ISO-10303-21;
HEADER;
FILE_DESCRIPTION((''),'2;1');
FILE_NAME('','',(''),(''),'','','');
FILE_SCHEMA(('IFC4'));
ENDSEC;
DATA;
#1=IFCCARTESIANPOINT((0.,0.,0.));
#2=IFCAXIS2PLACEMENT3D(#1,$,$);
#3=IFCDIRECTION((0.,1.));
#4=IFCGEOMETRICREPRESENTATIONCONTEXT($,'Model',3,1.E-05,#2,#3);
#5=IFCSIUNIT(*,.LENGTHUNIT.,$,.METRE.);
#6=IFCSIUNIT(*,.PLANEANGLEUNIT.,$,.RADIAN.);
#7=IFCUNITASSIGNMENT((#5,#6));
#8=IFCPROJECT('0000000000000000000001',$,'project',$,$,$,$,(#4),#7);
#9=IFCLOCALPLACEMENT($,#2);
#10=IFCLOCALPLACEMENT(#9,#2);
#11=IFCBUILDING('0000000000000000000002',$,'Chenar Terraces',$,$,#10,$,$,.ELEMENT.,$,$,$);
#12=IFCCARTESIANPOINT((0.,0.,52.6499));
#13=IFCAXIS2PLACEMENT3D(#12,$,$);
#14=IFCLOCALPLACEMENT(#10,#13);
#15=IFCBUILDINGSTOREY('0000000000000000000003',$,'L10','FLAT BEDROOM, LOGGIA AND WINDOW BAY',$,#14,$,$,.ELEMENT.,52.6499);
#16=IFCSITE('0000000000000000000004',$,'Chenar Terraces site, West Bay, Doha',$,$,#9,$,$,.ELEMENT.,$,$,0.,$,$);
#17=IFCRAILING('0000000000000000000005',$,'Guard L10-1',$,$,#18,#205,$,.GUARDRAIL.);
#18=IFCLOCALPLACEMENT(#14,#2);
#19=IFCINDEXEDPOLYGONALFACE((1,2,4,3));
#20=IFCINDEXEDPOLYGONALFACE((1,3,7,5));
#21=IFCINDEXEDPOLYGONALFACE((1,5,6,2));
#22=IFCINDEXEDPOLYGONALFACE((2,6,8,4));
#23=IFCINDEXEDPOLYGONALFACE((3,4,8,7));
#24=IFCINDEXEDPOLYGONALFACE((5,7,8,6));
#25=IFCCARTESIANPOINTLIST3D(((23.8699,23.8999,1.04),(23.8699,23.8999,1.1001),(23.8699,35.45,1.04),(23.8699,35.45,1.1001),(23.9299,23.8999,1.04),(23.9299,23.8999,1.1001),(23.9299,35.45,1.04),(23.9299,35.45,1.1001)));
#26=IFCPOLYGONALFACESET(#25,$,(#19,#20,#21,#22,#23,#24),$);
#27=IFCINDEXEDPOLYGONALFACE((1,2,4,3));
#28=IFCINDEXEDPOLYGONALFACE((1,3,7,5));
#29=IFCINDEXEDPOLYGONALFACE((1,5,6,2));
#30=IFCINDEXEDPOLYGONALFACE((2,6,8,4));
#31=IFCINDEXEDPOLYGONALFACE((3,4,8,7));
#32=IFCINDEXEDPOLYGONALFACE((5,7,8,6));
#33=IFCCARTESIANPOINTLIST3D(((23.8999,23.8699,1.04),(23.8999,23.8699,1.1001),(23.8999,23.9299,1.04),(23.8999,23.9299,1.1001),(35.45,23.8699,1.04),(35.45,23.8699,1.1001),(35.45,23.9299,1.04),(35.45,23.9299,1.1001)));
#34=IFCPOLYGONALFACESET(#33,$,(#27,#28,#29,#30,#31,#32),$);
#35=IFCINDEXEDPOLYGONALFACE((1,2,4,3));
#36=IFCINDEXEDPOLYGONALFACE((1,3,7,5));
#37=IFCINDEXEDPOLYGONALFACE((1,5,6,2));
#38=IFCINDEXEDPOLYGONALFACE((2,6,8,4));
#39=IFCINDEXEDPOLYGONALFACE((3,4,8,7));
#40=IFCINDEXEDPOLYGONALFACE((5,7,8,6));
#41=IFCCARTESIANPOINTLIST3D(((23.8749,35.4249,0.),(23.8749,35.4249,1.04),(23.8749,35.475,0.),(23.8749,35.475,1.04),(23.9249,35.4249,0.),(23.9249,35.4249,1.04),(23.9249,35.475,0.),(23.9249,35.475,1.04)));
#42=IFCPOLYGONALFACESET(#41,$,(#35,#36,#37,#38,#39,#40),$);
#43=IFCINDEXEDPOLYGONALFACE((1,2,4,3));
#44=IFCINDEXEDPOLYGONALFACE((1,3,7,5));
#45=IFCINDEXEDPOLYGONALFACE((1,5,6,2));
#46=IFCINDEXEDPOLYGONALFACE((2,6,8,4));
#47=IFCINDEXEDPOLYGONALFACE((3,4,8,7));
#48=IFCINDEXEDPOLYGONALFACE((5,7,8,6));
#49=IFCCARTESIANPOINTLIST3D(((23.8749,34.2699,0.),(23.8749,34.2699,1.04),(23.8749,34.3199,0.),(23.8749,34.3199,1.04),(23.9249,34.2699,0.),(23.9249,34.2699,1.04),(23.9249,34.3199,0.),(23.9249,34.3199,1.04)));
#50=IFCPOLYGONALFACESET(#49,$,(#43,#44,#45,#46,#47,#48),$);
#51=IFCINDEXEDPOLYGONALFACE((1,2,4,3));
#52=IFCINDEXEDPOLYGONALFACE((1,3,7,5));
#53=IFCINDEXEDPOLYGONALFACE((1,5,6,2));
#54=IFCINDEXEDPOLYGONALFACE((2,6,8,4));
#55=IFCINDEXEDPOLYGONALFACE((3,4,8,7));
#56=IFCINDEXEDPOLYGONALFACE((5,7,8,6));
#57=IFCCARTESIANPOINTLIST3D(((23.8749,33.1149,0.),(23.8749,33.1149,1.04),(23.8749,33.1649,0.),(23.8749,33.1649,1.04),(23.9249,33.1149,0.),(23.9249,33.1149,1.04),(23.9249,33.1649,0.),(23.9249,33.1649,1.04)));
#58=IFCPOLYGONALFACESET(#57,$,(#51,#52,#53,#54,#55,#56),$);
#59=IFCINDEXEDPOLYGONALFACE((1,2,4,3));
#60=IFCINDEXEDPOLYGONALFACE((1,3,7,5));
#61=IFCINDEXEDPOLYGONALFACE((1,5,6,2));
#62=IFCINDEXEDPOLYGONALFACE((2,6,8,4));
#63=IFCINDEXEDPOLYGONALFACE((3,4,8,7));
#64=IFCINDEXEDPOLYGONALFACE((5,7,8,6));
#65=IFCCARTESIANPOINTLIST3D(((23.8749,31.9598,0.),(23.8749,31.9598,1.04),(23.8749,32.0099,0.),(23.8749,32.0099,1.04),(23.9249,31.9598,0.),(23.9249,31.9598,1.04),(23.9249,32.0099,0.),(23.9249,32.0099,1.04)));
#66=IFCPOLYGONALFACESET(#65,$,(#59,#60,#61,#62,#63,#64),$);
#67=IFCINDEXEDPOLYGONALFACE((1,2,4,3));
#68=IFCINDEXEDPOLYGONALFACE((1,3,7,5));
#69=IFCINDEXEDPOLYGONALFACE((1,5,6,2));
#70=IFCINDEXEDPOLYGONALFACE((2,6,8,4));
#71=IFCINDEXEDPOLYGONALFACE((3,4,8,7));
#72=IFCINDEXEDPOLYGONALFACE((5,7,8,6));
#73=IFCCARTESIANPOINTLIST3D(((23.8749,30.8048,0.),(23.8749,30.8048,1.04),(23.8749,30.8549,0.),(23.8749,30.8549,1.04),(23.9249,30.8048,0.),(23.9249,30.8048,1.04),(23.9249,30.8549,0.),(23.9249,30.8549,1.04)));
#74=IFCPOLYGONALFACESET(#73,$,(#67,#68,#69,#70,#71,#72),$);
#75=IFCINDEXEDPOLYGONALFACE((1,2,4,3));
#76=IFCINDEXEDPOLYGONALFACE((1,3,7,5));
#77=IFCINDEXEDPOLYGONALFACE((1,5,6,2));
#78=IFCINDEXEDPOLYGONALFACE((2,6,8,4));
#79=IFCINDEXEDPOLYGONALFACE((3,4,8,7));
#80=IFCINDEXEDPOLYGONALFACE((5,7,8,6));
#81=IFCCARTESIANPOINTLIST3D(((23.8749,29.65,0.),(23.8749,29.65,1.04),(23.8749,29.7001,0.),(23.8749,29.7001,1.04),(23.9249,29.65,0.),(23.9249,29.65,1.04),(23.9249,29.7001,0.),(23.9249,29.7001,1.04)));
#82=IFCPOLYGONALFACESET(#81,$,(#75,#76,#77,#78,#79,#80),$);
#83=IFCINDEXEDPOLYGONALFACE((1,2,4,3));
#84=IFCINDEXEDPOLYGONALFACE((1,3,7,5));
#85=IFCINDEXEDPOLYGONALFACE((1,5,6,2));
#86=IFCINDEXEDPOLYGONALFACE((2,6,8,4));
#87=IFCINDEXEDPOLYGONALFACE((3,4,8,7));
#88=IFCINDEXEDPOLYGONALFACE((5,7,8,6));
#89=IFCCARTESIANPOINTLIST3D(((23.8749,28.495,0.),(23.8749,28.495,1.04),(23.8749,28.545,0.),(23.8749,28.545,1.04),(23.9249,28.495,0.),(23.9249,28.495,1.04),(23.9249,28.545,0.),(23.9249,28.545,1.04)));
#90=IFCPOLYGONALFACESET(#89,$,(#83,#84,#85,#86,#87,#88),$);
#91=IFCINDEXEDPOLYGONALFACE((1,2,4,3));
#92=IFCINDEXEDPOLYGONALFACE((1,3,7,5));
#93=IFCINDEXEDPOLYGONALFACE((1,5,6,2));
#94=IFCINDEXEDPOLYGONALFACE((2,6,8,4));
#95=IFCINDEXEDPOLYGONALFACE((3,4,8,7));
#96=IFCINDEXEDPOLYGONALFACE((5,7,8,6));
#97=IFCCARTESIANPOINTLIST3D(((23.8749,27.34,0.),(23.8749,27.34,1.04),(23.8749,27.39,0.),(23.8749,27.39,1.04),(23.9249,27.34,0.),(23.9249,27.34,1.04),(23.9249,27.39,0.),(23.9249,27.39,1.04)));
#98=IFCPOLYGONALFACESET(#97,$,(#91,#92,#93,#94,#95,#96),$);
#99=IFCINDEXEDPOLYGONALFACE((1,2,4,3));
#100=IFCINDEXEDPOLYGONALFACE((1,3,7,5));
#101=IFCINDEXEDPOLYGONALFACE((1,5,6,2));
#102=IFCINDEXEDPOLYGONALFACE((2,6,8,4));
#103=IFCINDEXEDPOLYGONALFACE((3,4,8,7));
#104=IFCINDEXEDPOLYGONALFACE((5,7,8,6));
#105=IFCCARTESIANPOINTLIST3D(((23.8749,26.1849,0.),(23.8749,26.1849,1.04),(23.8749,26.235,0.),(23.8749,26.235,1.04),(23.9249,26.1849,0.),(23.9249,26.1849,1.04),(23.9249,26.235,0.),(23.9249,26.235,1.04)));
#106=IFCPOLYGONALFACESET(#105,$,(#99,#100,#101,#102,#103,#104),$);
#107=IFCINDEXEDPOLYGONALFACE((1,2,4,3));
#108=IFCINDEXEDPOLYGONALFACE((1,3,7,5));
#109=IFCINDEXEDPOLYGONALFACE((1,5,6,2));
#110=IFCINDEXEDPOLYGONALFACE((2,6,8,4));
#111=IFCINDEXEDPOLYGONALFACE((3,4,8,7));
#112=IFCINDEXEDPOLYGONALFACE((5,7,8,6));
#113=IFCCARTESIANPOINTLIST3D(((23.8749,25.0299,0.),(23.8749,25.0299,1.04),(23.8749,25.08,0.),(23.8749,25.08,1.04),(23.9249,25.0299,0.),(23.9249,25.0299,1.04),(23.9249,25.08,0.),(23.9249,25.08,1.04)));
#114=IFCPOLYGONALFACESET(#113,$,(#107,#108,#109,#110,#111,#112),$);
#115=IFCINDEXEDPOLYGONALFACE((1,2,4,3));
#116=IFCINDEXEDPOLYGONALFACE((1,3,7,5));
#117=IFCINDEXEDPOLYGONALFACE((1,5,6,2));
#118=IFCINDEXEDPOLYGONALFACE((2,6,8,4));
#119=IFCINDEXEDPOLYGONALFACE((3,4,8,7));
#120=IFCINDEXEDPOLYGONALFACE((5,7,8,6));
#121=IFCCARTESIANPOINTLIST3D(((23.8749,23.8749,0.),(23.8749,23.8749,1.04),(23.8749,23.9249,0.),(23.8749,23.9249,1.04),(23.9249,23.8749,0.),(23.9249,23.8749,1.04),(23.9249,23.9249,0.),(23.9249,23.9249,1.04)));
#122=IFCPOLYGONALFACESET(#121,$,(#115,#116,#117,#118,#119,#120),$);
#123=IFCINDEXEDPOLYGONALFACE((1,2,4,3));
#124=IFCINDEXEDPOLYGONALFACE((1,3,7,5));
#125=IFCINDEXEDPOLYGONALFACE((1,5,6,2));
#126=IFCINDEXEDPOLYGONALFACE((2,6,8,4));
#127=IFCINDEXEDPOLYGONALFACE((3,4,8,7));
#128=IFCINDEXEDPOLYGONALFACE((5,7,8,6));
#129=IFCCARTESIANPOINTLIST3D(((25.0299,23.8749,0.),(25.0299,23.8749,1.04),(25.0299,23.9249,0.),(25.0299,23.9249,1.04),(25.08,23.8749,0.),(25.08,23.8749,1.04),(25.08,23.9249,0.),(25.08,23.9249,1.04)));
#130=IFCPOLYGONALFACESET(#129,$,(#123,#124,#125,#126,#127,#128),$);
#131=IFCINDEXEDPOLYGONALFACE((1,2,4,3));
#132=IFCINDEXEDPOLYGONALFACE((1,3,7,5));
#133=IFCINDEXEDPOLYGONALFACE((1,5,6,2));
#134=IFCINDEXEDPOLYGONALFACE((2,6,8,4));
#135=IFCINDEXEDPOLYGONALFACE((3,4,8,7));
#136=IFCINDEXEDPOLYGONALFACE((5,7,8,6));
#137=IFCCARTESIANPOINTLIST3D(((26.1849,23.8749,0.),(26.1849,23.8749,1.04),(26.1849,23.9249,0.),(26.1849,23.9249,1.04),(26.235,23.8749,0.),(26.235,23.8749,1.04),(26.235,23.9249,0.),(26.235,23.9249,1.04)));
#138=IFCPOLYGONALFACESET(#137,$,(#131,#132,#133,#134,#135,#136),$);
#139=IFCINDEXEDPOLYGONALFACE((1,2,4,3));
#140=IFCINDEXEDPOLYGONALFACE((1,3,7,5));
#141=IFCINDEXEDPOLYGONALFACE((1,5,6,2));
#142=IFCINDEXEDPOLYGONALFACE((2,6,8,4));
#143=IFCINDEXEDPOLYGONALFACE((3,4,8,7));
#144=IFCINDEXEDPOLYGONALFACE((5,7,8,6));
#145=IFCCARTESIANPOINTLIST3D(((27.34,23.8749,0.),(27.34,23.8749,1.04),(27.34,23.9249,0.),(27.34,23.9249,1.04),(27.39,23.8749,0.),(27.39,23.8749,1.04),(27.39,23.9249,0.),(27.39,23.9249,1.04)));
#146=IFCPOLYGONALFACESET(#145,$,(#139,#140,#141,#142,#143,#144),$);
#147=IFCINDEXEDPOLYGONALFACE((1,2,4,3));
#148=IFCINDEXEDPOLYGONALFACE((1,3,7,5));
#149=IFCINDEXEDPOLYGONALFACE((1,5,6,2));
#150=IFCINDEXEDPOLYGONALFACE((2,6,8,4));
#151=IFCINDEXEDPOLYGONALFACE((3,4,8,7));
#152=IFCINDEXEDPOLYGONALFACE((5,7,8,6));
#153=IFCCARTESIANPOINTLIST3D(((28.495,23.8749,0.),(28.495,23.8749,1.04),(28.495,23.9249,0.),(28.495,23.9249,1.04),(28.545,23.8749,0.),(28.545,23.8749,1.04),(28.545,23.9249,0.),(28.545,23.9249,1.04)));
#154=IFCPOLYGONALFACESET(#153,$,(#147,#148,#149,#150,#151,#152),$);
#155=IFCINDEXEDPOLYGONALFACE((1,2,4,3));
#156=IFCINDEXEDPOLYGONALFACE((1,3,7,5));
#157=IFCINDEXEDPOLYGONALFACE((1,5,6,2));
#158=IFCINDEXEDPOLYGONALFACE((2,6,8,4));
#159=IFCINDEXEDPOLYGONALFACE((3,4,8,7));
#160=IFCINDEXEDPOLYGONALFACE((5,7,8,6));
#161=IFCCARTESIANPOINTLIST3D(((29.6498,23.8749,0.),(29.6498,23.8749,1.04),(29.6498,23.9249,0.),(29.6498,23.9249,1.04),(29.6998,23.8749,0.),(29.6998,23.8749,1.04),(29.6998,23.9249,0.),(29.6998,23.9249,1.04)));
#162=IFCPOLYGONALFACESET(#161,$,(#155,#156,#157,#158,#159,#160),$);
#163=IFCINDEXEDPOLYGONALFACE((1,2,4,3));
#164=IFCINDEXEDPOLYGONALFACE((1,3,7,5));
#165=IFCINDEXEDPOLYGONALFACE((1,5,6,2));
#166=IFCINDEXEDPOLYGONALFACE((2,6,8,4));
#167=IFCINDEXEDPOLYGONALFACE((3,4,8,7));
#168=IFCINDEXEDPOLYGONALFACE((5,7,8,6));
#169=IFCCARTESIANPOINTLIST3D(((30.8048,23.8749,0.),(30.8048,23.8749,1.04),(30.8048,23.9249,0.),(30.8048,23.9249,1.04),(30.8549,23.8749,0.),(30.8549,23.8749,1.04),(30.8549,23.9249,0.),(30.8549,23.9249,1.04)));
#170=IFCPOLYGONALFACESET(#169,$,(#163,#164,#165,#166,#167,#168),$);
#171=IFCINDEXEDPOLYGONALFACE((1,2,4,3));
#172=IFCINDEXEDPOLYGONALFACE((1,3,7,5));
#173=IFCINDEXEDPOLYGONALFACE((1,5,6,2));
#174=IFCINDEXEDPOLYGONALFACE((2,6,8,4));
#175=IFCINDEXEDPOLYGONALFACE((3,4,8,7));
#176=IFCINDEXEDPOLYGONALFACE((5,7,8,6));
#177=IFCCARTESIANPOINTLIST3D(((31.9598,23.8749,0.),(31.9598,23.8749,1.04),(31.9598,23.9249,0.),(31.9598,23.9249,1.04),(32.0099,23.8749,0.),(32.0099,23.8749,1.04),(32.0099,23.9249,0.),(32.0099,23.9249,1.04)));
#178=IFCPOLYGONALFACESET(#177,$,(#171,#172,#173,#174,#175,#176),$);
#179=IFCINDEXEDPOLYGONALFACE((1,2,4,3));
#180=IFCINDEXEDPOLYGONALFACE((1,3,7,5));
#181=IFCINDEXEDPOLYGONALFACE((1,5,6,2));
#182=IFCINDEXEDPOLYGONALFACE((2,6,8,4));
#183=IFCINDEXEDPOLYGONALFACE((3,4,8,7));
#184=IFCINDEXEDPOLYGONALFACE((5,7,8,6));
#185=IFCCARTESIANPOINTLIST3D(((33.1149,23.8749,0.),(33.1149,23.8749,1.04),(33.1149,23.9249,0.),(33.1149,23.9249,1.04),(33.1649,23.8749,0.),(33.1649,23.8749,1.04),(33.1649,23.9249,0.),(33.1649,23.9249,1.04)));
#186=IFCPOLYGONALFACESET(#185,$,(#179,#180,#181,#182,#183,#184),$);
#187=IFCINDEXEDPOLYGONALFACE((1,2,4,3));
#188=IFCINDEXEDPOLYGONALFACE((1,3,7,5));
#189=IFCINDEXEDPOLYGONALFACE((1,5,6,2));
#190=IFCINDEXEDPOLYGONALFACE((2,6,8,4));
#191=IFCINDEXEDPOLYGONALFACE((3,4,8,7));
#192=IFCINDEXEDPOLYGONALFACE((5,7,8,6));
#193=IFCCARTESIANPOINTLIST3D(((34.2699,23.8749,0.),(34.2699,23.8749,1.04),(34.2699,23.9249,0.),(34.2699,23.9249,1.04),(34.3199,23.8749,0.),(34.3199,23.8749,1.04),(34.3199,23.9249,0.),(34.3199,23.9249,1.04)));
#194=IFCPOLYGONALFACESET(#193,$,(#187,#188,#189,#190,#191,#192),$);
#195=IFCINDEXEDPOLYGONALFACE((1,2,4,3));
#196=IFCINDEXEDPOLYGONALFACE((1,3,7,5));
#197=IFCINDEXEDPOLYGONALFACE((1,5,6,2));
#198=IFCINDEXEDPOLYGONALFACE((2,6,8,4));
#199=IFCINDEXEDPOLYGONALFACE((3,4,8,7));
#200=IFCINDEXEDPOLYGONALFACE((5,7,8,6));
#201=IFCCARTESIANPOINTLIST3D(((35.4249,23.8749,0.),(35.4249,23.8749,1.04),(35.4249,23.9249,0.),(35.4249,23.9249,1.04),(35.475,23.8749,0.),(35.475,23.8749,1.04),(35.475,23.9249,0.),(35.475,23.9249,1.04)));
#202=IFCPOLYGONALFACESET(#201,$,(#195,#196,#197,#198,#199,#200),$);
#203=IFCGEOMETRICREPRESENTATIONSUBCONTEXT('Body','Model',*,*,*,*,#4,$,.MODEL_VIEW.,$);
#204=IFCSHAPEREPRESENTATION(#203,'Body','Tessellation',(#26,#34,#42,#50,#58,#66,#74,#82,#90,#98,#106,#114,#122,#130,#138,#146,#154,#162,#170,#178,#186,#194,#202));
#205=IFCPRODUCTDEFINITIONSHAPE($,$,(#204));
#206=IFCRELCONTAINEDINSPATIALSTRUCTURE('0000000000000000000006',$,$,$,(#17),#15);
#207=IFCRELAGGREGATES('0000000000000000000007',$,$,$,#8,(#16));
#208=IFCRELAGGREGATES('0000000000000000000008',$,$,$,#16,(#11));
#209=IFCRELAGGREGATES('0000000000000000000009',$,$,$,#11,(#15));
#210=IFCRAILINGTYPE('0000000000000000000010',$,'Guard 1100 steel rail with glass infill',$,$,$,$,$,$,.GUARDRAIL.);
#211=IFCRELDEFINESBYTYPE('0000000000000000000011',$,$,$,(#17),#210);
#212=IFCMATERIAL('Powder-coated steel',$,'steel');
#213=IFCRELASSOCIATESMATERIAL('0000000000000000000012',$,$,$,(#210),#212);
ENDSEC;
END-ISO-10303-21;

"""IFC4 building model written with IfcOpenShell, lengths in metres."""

from ifc_helpers import new_model, si_unit, direction, frame, origin, origin_2d, place, context, subcontext, project, spatial, rectangle, extrude, material, type_object, element, save


model = new_model("IFC4")

# Units and contexts
model_context = context("Model", 3, precision=1e-05, world=origin(), true_north=direction((0.0, 1.0)))
body_context = subcontext(model_context, "Body", "Model", "MODEL_VIEW")
ifc_project = project(units=[si_unit("LENGTHUNIT", "METRE"), si_unit("PLANEANGLEUNIT", "RADIAN")], contexts=[model_context])

# Site, building, storey
site_placement = place(None, origin())
site = spatial("IfcSite", under=ifc_project, at=site_placement, Name="Chenar Terraces site, West Bay, Doha", CompositionType="ELEMENT", RefElevation=0.0)
building_placement = place(site_placement, origin())
building = spatial("IfcBuilding", under=site, at=building_placement, Name="Chenar Terraces", CompositionType="ELEMENT")
storey_placement = place(building_placement, frame((0.0, 0.0, 52.6499)))
storey = spatial("IfcBuildingStorey", under=building, at=storey_placement, Name="L10", Description="FLAT BEDROOM, LOGGIA AND WINDOW BAY", CompositionType="ELEMENT", Elevation=52.6499)

# Railing
ifc_material_1 = material(Name="Powder-coated steel", Category="steel")
railing_type = type_object("IfcRailingType", Name="Guard 1100 steel rail with glass infill", PredefinedType="GUARDRAIL", material=ifc_material_1)
railing_placement = place(storey_placement, frame((23.8999, 35.45, 0.0)))
element("IfcRailing", 1, at=railing_placement, inside=storey, type_object=railing_type, Name="Guard L10-1", PredefinedType="GUARDRAIL", context=body_context, shape_type="SweptSolid", body=[
    extrude(rectangle(XDim=0.0601, YDim=0.0601, at=origin_2d()), frame((0.0, 0.0, 1.0701), z_axis=(0.0, -1.0, 0.0), x_axis=(1.0, 0.0, 0.0)), (0.0, 0.0, 1.0), 11.55),
    extrude(rectangle(XDim=0.0601, YDim=0.0601, at=origin_2d()), frame((0.0, -11.55, 1.0701), z_axis=(1.0, 0.0, 0.0), x_axis=(0.0, 1.0, 0.0)), (0.0, 0.0, 1.0), 11.55),
    extrude(rectangle(XDim=0.05, YDim=0.05, at=origin_2d()), origin(), (0.0, 0.0, 1.0), 1.04),
    extrude(rectangle(XDim=0.05, YDim=0.05, at=origin_2d()), frame((0.0, -1.155, 0.0)), (0.0, 0.0, 1.0), 1.04),
    extrude(rectangle(XDim=0.05, YDim=0.05, at=origin_2d()), frame((0.0, -2.3101, 0.0)), (0.0, 0.0, 1.0), 1.04),
    extrude(rectangle(XDim=0.05, YDim=0.05, at=origin_2d()), frame((0.0, -3.4651, 0.0)), (0.0, 0.0, 1.0), 1.04),
    extrude(rectangle(XDim=0.05, YDim=0.05, at=origin_2d()), frame((0.0, -4.6201, 0.0)), (0.0, 0.0, 1.0), 1.04),
    extrude(rectangle(XDim=0.05, YDim=0.05, at=origin_2d()), frame((0.0, -5.7749, 0.0)), (0.0, 0.0, 1.0), 1.04),
    extrude(rectangle(XDim=0.05, YDim=0.05, at=origin_2d()), frame((0.0, -6.9299, 0.0)), (0.0, 0.0, 1.0), 1.04),
    extrude(rectangle(XDim=0.05, YDim=0.05, at=origin_2d()), frame((0.0, -8.085, 0.0)), (0.0, 0.0, 1.0), 1.04),
    extrude(rectangle(XDim=0.05, YDim=0.05, at=origin_2d()), frame((0.0, -9.24, 0.0)), (0.0, 0.0, 1.0), 1.04),
    extrude(rectangle(XDim=0.05, YDim=0.05, at=origin_2d()), frame((0.0, -10.395, 0.0)), (0.0, 0.0, 1.0), 1.04),
    extrude(rectangle(XDim=0.05, YDim=0.05, at=origin_2d()), frame((0.0, -11.55, 0.0)), (0.0, 0.0, 1.0), 1.04),
    extrude(rectangle(XDim=0.05, YDim=0.05, at=origin_2d()), frame((1.155, -11.55, 0.0)), (0.0, 0.0, 1.0), 1.04),
    extrude(rectangle(XDim=0.05, YDim=0.05, at=origin_2d()), frame((2.3101, -11.55, 0.0)), (0.0, 0.0, 1.0), 1.04),
    extrude(rectangle(XDim=0.05, YDim=0.05, at=origin_2d()), frame((3.4651, -11.55, 0.0)), (0.0, 0.0, 1.0), 1.04),
    extrude(rectangle(XDim=0.05, YDim=0.05, at=origin_2d()), frame((4.6201, -11.55, 0.0)), (0.0, 0.0, 1.0), 1.04),
    extrude(rectangle(XDim=0.05, YDim=0.05, at=origin_2d()), frame((5.7749, -11.55, 0.0)), (0.0, 0.0, 1.0), 1.04),
    extrude(rectangle(XDim=0.05, YDim=0.05, at=origin_2d()), frame((6.9299, -11.55, 0.0)), (0.0, 0.0, 1.0), 1.04),
    extrude(rectangle(XDim=0.05, YDim=0.05, at=origin_2d()), frame((8.085, -11.55, 0.0)), (0.0, 0.0, 1.0), 1.04),
    extrude(rectangle(XDim=0.05, YDim=0.05, at=origin_2d()), frame((9.24, -11.55, 0.0)), (0.0, 0.0, 1.0), 1.04),
    extrude(rectangle(XDim=0.05, YDim=0.05, at=origin_2d()), frame((10.395, -11.55, 0.0)), (0.0, 0.0, 1.0), 1.04),
    extrude(rectangle(XDim=0.05, YDim=0.05, at=origin_2d()), frame((11.55, -11.55, 0.0)), (0.0, 0.0, 1.0), 1.04),
])

save(model, "model.ifc")
